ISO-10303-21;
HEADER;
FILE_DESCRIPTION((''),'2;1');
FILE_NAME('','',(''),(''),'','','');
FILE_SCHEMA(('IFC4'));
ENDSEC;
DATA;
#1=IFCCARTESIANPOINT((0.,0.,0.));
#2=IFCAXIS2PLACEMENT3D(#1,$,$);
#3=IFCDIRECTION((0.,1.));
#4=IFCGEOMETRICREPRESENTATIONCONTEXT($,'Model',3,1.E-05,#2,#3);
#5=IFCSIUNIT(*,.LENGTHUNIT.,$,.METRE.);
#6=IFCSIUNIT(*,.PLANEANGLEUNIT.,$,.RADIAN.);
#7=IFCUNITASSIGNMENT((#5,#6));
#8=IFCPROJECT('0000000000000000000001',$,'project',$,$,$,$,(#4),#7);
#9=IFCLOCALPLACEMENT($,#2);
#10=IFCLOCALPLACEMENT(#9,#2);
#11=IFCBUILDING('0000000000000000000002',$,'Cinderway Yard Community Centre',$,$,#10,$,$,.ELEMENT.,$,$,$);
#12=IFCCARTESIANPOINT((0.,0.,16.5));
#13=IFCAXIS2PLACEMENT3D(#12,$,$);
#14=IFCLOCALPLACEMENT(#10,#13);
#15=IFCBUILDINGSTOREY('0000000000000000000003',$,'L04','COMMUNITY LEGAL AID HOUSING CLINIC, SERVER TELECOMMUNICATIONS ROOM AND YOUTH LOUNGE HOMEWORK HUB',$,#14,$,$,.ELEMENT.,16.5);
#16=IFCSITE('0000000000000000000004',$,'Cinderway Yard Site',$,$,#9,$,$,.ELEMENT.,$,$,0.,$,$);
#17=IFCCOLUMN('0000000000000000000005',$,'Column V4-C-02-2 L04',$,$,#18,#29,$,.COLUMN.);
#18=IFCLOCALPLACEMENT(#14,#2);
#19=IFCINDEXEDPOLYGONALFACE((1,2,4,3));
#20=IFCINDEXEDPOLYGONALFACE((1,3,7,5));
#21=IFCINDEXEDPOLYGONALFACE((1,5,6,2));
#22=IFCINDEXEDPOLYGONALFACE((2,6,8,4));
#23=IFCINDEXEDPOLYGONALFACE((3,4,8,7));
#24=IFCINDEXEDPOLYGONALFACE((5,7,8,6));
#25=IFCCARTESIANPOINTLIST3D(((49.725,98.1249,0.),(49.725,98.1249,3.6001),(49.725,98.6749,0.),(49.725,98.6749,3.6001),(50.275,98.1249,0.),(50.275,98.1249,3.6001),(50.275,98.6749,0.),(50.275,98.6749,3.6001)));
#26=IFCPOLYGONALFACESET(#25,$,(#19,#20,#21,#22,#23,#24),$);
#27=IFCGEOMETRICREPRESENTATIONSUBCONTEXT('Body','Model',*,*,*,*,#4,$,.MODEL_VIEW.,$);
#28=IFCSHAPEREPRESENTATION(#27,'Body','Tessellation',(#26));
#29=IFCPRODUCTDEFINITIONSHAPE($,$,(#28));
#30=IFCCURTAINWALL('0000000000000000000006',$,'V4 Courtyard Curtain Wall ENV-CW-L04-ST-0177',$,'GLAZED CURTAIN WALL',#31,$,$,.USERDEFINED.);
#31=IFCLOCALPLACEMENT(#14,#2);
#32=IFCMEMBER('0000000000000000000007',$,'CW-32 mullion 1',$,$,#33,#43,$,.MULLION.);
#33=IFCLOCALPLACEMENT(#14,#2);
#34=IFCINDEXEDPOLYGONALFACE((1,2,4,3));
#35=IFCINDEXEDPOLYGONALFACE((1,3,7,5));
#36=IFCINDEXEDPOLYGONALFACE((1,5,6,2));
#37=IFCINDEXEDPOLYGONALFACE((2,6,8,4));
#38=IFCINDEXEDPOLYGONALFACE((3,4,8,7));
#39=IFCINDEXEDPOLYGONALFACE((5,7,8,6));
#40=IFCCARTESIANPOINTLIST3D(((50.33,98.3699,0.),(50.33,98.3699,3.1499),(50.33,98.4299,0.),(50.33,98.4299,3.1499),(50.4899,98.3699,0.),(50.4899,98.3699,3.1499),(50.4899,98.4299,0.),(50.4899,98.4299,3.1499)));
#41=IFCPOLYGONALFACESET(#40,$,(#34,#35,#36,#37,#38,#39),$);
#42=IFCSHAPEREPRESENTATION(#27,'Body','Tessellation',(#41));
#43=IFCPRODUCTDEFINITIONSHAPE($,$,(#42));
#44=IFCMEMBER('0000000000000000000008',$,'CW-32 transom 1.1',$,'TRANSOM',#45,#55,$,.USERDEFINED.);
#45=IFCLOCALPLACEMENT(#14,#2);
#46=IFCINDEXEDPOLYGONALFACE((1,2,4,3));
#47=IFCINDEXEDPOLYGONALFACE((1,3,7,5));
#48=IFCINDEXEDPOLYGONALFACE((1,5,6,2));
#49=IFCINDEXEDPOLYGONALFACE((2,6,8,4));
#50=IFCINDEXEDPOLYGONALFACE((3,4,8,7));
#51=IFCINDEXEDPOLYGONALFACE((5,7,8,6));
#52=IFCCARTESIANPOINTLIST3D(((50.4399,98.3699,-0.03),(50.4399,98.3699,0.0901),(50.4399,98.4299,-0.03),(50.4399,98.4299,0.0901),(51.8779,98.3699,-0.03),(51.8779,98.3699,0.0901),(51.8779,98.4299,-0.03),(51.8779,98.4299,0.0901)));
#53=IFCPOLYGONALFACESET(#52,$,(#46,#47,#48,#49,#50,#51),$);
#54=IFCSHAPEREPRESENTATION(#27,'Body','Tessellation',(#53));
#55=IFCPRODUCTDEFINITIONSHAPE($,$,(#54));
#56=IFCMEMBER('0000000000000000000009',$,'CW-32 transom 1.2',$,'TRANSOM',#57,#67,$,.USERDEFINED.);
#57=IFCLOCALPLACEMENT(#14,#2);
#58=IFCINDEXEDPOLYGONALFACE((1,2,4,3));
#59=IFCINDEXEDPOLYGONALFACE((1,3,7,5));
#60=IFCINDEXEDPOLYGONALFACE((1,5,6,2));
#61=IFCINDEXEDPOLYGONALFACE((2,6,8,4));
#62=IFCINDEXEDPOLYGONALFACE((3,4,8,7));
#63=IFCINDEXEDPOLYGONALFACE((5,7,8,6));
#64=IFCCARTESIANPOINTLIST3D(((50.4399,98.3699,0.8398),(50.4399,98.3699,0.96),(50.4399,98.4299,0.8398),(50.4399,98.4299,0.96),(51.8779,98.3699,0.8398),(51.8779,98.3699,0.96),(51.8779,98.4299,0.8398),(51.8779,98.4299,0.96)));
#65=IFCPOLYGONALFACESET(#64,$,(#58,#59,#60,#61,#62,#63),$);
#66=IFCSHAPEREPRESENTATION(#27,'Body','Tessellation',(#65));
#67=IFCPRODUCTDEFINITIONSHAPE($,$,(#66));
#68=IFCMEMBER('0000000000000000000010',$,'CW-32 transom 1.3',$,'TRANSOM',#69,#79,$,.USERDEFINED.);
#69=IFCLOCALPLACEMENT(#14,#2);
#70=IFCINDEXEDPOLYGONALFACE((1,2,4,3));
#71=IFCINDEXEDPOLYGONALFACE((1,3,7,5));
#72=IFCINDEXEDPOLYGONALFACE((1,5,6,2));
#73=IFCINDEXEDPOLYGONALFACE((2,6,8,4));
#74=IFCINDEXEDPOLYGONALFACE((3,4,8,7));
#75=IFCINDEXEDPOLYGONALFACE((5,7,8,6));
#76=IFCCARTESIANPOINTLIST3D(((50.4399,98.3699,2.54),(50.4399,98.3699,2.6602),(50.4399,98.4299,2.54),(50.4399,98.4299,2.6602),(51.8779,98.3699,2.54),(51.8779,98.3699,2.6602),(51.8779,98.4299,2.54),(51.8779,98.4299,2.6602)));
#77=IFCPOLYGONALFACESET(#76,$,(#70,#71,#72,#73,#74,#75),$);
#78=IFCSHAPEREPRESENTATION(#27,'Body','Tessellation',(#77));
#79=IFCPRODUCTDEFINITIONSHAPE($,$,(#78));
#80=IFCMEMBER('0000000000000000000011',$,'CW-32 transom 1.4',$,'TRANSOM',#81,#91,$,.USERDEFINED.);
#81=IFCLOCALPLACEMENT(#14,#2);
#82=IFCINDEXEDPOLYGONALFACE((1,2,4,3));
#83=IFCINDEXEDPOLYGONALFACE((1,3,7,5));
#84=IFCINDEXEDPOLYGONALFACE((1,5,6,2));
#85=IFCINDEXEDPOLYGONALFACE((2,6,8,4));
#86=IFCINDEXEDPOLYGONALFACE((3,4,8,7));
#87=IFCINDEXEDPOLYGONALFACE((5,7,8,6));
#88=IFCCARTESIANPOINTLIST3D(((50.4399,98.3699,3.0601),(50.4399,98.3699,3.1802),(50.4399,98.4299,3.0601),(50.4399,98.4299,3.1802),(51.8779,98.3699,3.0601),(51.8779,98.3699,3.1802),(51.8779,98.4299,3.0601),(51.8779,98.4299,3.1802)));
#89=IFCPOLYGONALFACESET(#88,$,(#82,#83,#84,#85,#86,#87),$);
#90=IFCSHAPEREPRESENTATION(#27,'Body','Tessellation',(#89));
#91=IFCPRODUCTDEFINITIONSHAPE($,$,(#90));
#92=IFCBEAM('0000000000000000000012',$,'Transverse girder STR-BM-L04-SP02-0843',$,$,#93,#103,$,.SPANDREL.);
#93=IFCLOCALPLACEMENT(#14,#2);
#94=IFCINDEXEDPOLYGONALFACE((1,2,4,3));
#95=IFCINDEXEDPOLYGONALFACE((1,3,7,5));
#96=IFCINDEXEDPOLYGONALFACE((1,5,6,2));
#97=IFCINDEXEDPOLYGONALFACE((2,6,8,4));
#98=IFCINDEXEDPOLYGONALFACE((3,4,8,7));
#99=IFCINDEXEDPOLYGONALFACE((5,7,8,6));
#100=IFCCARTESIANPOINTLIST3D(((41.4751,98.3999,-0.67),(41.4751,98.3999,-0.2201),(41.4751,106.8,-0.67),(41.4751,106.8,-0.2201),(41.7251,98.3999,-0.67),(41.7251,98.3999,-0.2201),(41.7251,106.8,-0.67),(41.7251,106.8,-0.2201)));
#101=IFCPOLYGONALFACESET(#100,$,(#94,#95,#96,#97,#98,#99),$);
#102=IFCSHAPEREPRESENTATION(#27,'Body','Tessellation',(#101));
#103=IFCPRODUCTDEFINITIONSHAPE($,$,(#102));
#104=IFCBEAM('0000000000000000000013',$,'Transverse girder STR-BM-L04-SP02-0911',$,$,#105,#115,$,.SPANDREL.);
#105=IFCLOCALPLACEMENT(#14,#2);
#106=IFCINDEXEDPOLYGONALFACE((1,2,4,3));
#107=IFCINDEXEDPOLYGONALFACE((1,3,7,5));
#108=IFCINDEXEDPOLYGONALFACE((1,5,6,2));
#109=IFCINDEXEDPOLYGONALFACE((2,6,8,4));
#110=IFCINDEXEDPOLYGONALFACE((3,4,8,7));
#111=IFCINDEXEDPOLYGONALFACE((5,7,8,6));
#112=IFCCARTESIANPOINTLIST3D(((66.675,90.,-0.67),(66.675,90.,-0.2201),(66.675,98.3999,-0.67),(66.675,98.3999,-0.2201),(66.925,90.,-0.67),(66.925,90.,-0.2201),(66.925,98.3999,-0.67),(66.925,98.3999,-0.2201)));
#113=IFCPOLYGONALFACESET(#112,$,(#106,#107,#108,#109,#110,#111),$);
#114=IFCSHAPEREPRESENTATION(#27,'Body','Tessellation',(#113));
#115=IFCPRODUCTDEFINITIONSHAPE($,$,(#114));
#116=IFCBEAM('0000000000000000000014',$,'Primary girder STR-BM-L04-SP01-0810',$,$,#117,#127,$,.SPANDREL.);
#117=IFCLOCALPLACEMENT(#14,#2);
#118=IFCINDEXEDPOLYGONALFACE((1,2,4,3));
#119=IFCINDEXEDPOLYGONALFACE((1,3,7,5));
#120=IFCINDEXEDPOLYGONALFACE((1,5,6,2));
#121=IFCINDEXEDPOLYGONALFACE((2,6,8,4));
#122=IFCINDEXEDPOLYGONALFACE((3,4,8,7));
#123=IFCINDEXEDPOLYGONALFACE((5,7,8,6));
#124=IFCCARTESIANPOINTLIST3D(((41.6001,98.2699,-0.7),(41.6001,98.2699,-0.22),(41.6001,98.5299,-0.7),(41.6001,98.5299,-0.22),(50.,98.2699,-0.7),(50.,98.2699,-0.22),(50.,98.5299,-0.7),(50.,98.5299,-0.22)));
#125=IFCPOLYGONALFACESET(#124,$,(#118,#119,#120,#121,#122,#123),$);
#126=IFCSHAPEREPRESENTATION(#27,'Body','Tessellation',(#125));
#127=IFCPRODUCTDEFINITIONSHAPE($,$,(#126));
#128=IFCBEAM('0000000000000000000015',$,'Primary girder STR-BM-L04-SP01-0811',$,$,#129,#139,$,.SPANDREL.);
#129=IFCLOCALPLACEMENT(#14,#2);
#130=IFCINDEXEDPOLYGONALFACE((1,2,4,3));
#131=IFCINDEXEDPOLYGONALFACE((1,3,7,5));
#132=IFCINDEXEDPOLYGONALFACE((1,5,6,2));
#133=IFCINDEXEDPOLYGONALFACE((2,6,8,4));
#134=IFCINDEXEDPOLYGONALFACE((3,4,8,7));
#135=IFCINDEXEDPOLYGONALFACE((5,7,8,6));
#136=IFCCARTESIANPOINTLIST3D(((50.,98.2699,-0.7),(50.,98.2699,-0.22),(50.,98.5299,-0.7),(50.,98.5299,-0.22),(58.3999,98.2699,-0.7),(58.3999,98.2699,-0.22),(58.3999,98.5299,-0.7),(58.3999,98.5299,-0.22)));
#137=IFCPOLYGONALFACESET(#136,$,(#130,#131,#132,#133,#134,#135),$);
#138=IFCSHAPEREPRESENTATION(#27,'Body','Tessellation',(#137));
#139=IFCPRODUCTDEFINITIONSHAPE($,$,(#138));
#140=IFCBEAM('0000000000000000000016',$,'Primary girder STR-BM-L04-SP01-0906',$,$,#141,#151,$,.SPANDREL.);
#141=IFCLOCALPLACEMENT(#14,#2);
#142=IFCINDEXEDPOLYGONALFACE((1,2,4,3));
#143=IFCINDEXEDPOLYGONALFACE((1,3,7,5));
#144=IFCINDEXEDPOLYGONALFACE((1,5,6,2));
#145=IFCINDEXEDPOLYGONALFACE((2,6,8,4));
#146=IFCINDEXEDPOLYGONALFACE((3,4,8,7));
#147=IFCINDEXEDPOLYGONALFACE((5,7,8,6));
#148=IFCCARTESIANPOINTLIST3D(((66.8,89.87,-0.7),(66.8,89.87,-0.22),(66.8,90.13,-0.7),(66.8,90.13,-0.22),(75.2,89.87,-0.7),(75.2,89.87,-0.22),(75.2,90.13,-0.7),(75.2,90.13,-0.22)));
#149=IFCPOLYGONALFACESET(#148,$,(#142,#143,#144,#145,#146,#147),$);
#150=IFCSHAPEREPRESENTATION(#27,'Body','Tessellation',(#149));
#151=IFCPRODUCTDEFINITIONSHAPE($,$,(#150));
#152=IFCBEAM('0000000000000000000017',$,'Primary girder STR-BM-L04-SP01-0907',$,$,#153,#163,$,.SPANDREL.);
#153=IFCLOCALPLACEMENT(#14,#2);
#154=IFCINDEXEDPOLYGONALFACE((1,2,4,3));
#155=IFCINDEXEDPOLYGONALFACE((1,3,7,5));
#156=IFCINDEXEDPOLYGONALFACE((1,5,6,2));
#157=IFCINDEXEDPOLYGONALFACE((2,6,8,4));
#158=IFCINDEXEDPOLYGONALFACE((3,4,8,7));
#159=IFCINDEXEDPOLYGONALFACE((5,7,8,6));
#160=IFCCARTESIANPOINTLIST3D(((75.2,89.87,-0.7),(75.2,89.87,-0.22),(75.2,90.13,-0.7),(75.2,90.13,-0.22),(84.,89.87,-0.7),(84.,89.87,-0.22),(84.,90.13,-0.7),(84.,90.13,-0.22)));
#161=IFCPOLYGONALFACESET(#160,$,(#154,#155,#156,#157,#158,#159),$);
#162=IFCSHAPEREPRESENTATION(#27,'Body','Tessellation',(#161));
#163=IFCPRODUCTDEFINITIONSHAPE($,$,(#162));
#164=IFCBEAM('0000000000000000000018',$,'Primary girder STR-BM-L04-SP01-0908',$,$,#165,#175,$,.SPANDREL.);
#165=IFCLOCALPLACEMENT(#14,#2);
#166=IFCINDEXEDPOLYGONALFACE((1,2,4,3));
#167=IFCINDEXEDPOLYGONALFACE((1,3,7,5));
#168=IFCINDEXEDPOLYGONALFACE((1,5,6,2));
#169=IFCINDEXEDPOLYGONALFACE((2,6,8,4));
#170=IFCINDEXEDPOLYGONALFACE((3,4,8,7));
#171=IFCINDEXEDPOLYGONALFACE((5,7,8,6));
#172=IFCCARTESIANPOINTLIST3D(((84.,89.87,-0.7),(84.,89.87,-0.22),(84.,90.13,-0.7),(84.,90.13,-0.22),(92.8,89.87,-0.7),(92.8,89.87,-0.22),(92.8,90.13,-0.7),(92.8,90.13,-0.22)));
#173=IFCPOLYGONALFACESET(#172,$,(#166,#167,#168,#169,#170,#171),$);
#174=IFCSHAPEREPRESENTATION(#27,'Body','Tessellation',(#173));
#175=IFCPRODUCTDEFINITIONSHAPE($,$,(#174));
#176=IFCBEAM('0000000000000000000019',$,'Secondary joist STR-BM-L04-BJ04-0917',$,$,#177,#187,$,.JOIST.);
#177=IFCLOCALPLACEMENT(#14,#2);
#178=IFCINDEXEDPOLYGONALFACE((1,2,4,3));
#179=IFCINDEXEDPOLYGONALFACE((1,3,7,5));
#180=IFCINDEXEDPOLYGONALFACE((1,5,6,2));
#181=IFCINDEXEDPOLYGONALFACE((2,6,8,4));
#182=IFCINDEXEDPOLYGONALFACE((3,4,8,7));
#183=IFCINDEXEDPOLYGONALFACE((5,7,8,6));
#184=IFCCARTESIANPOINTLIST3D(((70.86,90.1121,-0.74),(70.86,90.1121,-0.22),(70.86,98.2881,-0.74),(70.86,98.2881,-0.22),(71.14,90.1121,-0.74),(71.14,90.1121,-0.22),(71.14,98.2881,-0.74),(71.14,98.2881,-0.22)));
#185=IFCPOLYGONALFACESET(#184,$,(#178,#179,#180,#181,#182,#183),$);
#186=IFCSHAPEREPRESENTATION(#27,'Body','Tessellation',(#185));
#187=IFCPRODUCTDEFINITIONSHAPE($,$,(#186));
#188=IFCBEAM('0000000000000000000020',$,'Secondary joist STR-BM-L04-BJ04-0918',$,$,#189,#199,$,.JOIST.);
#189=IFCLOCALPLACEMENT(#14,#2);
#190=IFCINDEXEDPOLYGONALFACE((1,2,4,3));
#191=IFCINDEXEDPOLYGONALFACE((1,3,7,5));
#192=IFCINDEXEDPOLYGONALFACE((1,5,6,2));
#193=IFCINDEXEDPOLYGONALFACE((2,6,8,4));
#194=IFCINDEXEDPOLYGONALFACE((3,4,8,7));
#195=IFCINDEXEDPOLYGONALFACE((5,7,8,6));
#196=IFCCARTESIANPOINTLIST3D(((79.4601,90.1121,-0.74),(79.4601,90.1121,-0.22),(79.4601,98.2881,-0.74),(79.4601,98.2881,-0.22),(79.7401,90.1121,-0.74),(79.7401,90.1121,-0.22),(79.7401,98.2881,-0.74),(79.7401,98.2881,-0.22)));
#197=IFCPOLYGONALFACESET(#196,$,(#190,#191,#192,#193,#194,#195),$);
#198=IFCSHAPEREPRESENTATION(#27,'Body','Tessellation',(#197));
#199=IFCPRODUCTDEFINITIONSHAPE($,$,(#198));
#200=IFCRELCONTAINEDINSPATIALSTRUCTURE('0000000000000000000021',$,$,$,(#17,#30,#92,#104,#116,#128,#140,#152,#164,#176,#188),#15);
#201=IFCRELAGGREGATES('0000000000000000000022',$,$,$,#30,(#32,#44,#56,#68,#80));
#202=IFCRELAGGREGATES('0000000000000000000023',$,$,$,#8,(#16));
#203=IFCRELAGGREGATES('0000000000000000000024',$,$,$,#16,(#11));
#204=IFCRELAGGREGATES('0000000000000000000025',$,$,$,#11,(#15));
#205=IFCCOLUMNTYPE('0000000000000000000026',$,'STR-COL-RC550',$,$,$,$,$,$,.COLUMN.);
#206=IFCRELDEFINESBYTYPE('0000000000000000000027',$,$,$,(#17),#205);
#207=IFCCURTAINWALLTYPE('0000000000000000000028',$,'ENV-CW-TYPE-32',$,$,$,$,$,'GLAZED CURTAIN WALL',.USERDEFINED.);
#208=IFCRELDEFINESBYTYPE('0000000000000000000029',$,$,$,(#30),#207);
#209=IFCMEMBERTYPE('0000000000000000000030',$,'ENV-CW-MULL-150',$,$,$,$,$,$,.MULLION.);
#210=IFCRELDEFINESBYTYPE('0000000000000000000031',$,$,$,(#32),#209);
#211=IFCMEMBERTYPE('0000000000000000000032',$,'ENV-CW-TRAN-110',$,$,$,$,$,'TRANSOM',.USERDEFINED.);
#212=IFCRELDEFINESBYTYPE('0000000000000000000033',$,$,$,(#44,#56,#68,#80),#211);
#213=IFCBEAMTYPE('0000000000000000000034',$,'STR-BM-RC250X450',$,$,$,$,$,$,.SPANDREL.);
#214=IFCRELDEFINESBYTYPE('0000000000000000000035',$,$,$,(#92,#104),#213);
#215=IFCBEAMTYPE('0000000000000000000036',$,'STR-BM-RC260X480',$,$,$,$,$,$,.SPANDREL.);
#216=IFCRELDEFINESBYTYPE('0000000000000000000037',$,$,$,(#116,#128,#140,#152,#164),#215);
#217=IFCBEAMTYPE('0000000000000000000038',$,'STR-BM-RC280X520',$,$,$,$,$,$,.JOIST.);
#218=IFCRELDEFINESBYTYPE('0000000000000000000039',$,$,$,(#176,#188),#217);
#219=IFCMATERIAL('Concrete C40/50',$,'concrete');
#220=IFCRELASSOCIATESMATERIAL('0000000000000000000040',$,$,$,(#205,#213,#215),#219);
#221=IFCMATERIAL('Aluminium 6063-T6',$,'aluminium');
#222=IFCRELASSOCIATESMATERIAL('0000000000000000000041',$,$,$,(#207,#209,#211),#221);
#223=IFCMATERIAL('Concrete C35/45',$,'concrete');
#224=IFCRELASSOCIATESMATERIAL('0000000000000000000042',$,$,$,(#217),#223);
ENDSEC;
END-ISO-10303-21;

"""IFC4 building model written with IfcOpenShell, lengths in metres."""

from ifc_helpers import new_model, si_unit, direction, frame, origin, origin_2d, place, context, subcontext, project, spatial, rectangle, extrude, material, material_profile, profile_set, type_object, element, aggregate, save


model = new_model("IFC4")

# Units and contexts
model_context = context("Model", 3, precision=1e-05, world=origin(), true_north=direction((0.0, 1.0)))
body_context = subcontext(model_context, "Body", "Model", "MODEL_VIEW")
ifc_project = project(units=[si_unit("LENGTHUNIT", "METRE"), si_unit("PLANEANGLEUNIT", "RADIAN")], contexts=[model_context])

# Site, building, storey
site_placement = place(None, origin())
site = spatial("IfcSite", under=ifc_project, at=site_placement, Name="Cinderway Yard Site", CompositionType="ELEMENT", RefElevation=0.0)
building_placement = place(site_placement, origin())
building = spatial("IfcBuilding", under=site, at=building_placement, Name="Cinderway Yard Community Centre", CompositionType="ELEMENT")
storey_placement = place(building_placement, frame((0.0, 0.0, 16.5)))
storey = spatial("IfcBuildingStorey", under=building, at=storey_placement, Name="L04", Description="COMMUNITY LEGAL AID HOUSING CLINIC, SERVER TELECOMMUNICATIONS ROOM AND YOUTH LOUNGE HOMEWORK HUB", CompositionType="ELEMENT", Elevation=16.5)

# Column
ifc_material_1 = material(Name="Concrete C40/50", Category="concrete")
ifc_material_profile_1 = material_profile(ifc_material_1, rectangle(XDim=0.55, YDim=0.55, at=origin_2d()), Name="Concrete C40/50")
ifc_profile_set_1 = profile_set([ifc_material_profile_1], Name="Concrete C40/50")
column_type = type_object("IfcColumnType", Name="STR-COL-RC550", PredefinedType="COLUMN", material=ifc_profile_set_1)
column_placement = place(storey_placement, frame((50.0, 98.3999, 0.0), z_axis=(0.0, 0.0, 1.0), x_axis=(1.0, 0.0, 0.0)))
element("IfcColumn", 1, at=column_placement, inside=storey, type_object=column_type, Name="Column V4-C-02-2 L04", PredefinedType="COLUMN", context=body_context, shape_type="SweptSolid", body=[
    extrude(rectangle(XDim=0.55, YDim=0.55, at=origin_2d()), origin(), (0.0, 0.0, 1.0), 3.6001),
])

# Curtain wall, members
ifc_material_2 = material(Name="Aluminium 6063-T6", Category="aluminium")
curtain_wall_type = type_object("IfcCurtainWallType", Name="ENV-CW-TYPE-32", ElementType="GLAZED CURTAIN WALL", PredefinedType="USERDEFINED", material=ifc_material_2)
curtain_wall_placement = place(storey_placement, origin())
curtain_wall = element("IfcCurtainWall", 2, at=curtain_wall_placement, inside=storey, type_object=curtain_wall_type, Name="V4 Courtyard Curtain Wall ENV-CW-L04-ST-0177", ObjectType="GLAZED CURTAIN WALL", PredefinedType="USERDEFINED")
ifc_material_profile_2 = material_profile(ifc_material_2, rectangle(XDim=0.0601, YDim=0.1599, at=origin_2d()), Name="Aluminium 6063-T6")
ifc_profile_set_2 = profile_set([ifc_material_profile_2], Name="Aluminium 6063-T6")
member_type_1 = type_object("IfcMemberType", Name="ENV-CW-MULL-150", PredefinedType="MULLION", material=ifc_profile_set_2)
member_1_placement = place(storey_placement, frame((50.4099, 98.3999, 0.0), z_axis=(0.0, 0.0, 1.0), x_axis=(0.0, 1.0, 0.0)))
member_1 = element("IfcMember", 3, at=member_1_placement, type_object=member_type_1, Name="CW-32 mullion 1", PredefinedType="MULLION", context=body_context, shape_type="SweptSolid", body=[
    extrude(rectangle(XDim=0.0601, YDim=0.1599, at=origin_2d()), origin(), (0.0, 0.0, 1.0), 3.1499),
])
ifc_material_profile_3 = material_profile(ifc_material_2, rectangle(XDim=0.0601, YDim=0.1201, at=origin_2d()), Name="Aluminium 6063-T6")
ifc_profile_set_3 = profile_set([ifc_material_profile_3], Name="Aluminium 6063-T6")
member_type_2 = type_object("IfcMemberType", Name="ENV-CW-TRAN-110", ElementType="TRANSOM", PredefinedType="USERDEFINED", material=ifc_profile_set_3)
member_2_placement = place(storey_placement, frame((50.4399, 98.3999, 0.03), z_axis=(1.0, 0.0, 0.0), x_axis=(0.0, 1.0, 0.0)))
member_2 = element("IfcMember", 4, at=member_2_placement, type_object=member_type_2, Name="CW-32 transom 1.1", ObjectType="TRANSOM", PredefinedType="USERDEFINED", context=body_context, shape_type="SweptSolid", body=[
    extrude(rectangle(XDim=0.0601, YDim=0.1201, at=origin_2d()), origin(), (0.0, 0.0, 1.0), 1.438),
])
member_3_placement = place(storey_placement, frame((50.4399, 98.3999, 0.8999), z_axis=(1.0, 0.0, 0.0), x_axis=(0.0, 1.0, 0.0)))
member_3 = element("IfcMember", 5, at=member_3_placement, type_object=member_type_2, Name="CW-32 transom 1.2", ObjectType="TRANSOM", PredefinedType="USERDEFINED", context=body_context, shape_type="SweptSolid", body=[
    extrude(rectangle(XDim=0.0601, YDim=0.1201, at=origin_2d()), origin(), (0.0, 0.0, 1.0), 1.438),
])
member_4_placement = place(storey_placement, frame((50.4399, 98.3999, 2.6001), z_axis=(1.0, 0.0, 0.0), x_axis=(0.0, 1.0, 0.0)))
member_4 = element("IfcMember", 6, at=member_4_placement, type_object=member_type_2, Name="CW-32 transom 1.3", ObjectType="TRANSOM", PredefinedType="USERDEFINED", context=body_context, shape_type="SweptSolid", body=[
    extrude(rectangle(XDim=0.0601, YDim=0.1201, at=origin_2d()), origin(), (0.0, 0.0, 1.0), 1.438),
])
member_5_placement = place(storey_placement, frame((50.4399, 98.3999, 3.1201), z_axis=(1.0, 0.0, 0.0), x_axis=(0.0, 1.0, 0.0)))
member_5 = element("IfcMember", 7, at=member_5_placement, type_object=member_type_2, Name="CW-32 transom 1.4", ObjectType="TRANSOM", PredefinedType="USERDEFINED", context=body_context, shape_type="SweptSolid", body=[
    extrude(rectangle(XDim=0.0601, YDim=0.1201, at=origin_2d()), origin(), (0.0, 0.0, 1.0), 1.438),
])

# Beams
ifc_material_profile_4 = material_profile(ifc_material_1, rectangle(XDim=0.25, YDim=0.45, at=origin_2d()), Name="Concrete C40/50")
ifc_profile_set_4 = profile_set([ifc_material_profile_4], Name="Concrete C40/50")
beam_type_1 = type_object("IfcBeamType", Name="STR-BM-RC250X450", PredefinedType="SPANDREL", material=ifc_profile_set_4)
beam_1_placement = place(storey_placement, frame((41.6001, 98.3999, -0.4451), z_axis=(0.0, 1.0, 0.0), x_axis=(-1.0, 0.0, 0.0)))
element("IfcBeam", 8, at=beam_1_placement, inside=storey, type_object=beam_type_1, Name="Transverse girder STR-BM-L04-SP02-0843", PredefinedType="SPANDREL", context=body_context, shape_type="SweptSolid", body=[
    extrude(rectangle(XDim=0.25, YDim=0.45, at=origin_2d()), origin(), (0.0, 0.0, 1.0), 8.4001),
])
beam_2_placement = place(storey_placement, frame((66.8, 90.0, -0.4451), z_axis=(0.0, 1.0, 0.0), x_axis=(-1.0, 0.0, 0.0)))
element("IfcBeam", 9, at=beam_2_placement, inside=storey, type_object=beam_type_1, Name="Transverse girder STR-BM-L04-SP02-0911", PredefinedType="SPANDREL", context=body_context, shape_type="SweptSolid", body=[
    extrude(rectangle(XDim=0.25, YDim=0.45, at=origin_2d()), origin(), (0.0, 0.0, 1.0), 8.3999),
])
ifc_material_profile_5 = material_profile(ifc_material_1, rectangle(XDim=0.26, YDim=0.48, at=origin_2d()), Name="Concrete C40/50")
ifc_profile_set_5 = profile_set([ifc_material_profile_5], Name="Concrete C40/50")
beam_type_2 = type_object("IfcBeamType", Name="STR-BM-RC260X480", PredefinedType="SPANDREL", material=ifc_profile_set_5)
for number, where, z_axis, x_axis, name in (
    (10, (41.6001, 98.3999, -0.46), (1.0, 0.0, 0.0), (0.0, 1.0, 0.0), "Primary girder STR-BM-L04-SP01-0810"),
    (11, (50.0, 98.3999, -0.46), (1.0, 0.0, 0.0), (0.0, 1.0, 0.0), "Primary girder STR-BM-L04-SP01-0811"),
    (12, (66.8, 90.0, -0.46), (1.0, 0.0, 0.0), (0.0, 1.0, 0.0), "Primary girder STR-BM-L04-SP01-0906"),
):
    element("IfcBeam", number, at=place(storey_placement, frame(where, z_axis=z_axis, x_axis=x_axis)), inside=storey, type_object=beam_type_2, Name=name, PredefinedType="SPANDREL", context=body_context, shape_type="SweptSolid", body=[
        extrude(rectangle(XDim=0.26, YDim=0.48, at=origin_2d()), origin(), (0.0, 0.0, 1.0), 8.3999),
    ])
for number, where, z_axis, x_axis, name in (
    (13, (75.2, 90.0, -0.46), (1.0, 0.0, 0.0), (0.0, 1.0, 0.0), "Primary girder STR-BM-L04-SP01-0907"),
    (14, (84.0, 90.0, -0.46), (1.0, 0.0, 0.0), (0.0, 1.0, 0.0), "Primary girder STR-BM-L04-SP01-0908"),
):
    element("IfcBeam", number, at=place(storey_placement, frame(where, z_axis=z_axis, x_axis=x_axis)), inside=storey, type_object=beam_type_2, Name=name, PredefinedType="SPANDREL", context=body_context, shape_type="SweptSolid", body=[
        extrude(rectangle(XDim=0.26, YDim=0.48, at=origin_2d()), origin(), (0.0, 0.0, 1.0), 8.8),
    ])
ifc_material_3 = material(Name="Concrete C35/45", Category="concrete")
ifc_material_profile_6 = material_profile(ifc_material_3, rectangle(XDim=0.28, YDim=0.52, at=origin_2d()), Name="Concrete C35/45")
ifc_profile_set_6 = profile_set([ifc_material_profile_6], Name="Concrete C35/45")
beam_type_3 = type_object("IfcBeamType", Name="STR-BM-RC280X520", PredefinedType="JOIST", material=ifc_profile_set_6)
for number, where, z_axis, x_axis, name in (
    (15, (71.0, 90.1121, -0.48), (0.0, 1.0, 0.0), (-1.0, 0.0, 0.0), "Secondary joist STR-BM-L04-BJ04-0917"),
    (16, (79.6001, 90.1121, -0.48), (0.0, 1.0, 0.0), (-1.0, 0.0, 0.0), "Secondary joist STR-BM-L04-BJ04-0918"),
):
    element("IfcBeam", number, at=place(storey_placement, frame(where, z_axis=z_axis, x_axis=x_axis)), inside=storey, type_object=beam_type_3, Name=name, PredefinedType="JOIST", context=body_context, shape_type="SweptSolid", body=[
        extrude(rectangle(XDim=0.28, YDim=0.52, at=origin_2d()), origin(), (0.0, 0.0, 1.0), 8.176),
    ])

aggregate(curtain_wall, [member_1, member_2, member_3, member_4, member_5])

save(model, "model.ifc")
